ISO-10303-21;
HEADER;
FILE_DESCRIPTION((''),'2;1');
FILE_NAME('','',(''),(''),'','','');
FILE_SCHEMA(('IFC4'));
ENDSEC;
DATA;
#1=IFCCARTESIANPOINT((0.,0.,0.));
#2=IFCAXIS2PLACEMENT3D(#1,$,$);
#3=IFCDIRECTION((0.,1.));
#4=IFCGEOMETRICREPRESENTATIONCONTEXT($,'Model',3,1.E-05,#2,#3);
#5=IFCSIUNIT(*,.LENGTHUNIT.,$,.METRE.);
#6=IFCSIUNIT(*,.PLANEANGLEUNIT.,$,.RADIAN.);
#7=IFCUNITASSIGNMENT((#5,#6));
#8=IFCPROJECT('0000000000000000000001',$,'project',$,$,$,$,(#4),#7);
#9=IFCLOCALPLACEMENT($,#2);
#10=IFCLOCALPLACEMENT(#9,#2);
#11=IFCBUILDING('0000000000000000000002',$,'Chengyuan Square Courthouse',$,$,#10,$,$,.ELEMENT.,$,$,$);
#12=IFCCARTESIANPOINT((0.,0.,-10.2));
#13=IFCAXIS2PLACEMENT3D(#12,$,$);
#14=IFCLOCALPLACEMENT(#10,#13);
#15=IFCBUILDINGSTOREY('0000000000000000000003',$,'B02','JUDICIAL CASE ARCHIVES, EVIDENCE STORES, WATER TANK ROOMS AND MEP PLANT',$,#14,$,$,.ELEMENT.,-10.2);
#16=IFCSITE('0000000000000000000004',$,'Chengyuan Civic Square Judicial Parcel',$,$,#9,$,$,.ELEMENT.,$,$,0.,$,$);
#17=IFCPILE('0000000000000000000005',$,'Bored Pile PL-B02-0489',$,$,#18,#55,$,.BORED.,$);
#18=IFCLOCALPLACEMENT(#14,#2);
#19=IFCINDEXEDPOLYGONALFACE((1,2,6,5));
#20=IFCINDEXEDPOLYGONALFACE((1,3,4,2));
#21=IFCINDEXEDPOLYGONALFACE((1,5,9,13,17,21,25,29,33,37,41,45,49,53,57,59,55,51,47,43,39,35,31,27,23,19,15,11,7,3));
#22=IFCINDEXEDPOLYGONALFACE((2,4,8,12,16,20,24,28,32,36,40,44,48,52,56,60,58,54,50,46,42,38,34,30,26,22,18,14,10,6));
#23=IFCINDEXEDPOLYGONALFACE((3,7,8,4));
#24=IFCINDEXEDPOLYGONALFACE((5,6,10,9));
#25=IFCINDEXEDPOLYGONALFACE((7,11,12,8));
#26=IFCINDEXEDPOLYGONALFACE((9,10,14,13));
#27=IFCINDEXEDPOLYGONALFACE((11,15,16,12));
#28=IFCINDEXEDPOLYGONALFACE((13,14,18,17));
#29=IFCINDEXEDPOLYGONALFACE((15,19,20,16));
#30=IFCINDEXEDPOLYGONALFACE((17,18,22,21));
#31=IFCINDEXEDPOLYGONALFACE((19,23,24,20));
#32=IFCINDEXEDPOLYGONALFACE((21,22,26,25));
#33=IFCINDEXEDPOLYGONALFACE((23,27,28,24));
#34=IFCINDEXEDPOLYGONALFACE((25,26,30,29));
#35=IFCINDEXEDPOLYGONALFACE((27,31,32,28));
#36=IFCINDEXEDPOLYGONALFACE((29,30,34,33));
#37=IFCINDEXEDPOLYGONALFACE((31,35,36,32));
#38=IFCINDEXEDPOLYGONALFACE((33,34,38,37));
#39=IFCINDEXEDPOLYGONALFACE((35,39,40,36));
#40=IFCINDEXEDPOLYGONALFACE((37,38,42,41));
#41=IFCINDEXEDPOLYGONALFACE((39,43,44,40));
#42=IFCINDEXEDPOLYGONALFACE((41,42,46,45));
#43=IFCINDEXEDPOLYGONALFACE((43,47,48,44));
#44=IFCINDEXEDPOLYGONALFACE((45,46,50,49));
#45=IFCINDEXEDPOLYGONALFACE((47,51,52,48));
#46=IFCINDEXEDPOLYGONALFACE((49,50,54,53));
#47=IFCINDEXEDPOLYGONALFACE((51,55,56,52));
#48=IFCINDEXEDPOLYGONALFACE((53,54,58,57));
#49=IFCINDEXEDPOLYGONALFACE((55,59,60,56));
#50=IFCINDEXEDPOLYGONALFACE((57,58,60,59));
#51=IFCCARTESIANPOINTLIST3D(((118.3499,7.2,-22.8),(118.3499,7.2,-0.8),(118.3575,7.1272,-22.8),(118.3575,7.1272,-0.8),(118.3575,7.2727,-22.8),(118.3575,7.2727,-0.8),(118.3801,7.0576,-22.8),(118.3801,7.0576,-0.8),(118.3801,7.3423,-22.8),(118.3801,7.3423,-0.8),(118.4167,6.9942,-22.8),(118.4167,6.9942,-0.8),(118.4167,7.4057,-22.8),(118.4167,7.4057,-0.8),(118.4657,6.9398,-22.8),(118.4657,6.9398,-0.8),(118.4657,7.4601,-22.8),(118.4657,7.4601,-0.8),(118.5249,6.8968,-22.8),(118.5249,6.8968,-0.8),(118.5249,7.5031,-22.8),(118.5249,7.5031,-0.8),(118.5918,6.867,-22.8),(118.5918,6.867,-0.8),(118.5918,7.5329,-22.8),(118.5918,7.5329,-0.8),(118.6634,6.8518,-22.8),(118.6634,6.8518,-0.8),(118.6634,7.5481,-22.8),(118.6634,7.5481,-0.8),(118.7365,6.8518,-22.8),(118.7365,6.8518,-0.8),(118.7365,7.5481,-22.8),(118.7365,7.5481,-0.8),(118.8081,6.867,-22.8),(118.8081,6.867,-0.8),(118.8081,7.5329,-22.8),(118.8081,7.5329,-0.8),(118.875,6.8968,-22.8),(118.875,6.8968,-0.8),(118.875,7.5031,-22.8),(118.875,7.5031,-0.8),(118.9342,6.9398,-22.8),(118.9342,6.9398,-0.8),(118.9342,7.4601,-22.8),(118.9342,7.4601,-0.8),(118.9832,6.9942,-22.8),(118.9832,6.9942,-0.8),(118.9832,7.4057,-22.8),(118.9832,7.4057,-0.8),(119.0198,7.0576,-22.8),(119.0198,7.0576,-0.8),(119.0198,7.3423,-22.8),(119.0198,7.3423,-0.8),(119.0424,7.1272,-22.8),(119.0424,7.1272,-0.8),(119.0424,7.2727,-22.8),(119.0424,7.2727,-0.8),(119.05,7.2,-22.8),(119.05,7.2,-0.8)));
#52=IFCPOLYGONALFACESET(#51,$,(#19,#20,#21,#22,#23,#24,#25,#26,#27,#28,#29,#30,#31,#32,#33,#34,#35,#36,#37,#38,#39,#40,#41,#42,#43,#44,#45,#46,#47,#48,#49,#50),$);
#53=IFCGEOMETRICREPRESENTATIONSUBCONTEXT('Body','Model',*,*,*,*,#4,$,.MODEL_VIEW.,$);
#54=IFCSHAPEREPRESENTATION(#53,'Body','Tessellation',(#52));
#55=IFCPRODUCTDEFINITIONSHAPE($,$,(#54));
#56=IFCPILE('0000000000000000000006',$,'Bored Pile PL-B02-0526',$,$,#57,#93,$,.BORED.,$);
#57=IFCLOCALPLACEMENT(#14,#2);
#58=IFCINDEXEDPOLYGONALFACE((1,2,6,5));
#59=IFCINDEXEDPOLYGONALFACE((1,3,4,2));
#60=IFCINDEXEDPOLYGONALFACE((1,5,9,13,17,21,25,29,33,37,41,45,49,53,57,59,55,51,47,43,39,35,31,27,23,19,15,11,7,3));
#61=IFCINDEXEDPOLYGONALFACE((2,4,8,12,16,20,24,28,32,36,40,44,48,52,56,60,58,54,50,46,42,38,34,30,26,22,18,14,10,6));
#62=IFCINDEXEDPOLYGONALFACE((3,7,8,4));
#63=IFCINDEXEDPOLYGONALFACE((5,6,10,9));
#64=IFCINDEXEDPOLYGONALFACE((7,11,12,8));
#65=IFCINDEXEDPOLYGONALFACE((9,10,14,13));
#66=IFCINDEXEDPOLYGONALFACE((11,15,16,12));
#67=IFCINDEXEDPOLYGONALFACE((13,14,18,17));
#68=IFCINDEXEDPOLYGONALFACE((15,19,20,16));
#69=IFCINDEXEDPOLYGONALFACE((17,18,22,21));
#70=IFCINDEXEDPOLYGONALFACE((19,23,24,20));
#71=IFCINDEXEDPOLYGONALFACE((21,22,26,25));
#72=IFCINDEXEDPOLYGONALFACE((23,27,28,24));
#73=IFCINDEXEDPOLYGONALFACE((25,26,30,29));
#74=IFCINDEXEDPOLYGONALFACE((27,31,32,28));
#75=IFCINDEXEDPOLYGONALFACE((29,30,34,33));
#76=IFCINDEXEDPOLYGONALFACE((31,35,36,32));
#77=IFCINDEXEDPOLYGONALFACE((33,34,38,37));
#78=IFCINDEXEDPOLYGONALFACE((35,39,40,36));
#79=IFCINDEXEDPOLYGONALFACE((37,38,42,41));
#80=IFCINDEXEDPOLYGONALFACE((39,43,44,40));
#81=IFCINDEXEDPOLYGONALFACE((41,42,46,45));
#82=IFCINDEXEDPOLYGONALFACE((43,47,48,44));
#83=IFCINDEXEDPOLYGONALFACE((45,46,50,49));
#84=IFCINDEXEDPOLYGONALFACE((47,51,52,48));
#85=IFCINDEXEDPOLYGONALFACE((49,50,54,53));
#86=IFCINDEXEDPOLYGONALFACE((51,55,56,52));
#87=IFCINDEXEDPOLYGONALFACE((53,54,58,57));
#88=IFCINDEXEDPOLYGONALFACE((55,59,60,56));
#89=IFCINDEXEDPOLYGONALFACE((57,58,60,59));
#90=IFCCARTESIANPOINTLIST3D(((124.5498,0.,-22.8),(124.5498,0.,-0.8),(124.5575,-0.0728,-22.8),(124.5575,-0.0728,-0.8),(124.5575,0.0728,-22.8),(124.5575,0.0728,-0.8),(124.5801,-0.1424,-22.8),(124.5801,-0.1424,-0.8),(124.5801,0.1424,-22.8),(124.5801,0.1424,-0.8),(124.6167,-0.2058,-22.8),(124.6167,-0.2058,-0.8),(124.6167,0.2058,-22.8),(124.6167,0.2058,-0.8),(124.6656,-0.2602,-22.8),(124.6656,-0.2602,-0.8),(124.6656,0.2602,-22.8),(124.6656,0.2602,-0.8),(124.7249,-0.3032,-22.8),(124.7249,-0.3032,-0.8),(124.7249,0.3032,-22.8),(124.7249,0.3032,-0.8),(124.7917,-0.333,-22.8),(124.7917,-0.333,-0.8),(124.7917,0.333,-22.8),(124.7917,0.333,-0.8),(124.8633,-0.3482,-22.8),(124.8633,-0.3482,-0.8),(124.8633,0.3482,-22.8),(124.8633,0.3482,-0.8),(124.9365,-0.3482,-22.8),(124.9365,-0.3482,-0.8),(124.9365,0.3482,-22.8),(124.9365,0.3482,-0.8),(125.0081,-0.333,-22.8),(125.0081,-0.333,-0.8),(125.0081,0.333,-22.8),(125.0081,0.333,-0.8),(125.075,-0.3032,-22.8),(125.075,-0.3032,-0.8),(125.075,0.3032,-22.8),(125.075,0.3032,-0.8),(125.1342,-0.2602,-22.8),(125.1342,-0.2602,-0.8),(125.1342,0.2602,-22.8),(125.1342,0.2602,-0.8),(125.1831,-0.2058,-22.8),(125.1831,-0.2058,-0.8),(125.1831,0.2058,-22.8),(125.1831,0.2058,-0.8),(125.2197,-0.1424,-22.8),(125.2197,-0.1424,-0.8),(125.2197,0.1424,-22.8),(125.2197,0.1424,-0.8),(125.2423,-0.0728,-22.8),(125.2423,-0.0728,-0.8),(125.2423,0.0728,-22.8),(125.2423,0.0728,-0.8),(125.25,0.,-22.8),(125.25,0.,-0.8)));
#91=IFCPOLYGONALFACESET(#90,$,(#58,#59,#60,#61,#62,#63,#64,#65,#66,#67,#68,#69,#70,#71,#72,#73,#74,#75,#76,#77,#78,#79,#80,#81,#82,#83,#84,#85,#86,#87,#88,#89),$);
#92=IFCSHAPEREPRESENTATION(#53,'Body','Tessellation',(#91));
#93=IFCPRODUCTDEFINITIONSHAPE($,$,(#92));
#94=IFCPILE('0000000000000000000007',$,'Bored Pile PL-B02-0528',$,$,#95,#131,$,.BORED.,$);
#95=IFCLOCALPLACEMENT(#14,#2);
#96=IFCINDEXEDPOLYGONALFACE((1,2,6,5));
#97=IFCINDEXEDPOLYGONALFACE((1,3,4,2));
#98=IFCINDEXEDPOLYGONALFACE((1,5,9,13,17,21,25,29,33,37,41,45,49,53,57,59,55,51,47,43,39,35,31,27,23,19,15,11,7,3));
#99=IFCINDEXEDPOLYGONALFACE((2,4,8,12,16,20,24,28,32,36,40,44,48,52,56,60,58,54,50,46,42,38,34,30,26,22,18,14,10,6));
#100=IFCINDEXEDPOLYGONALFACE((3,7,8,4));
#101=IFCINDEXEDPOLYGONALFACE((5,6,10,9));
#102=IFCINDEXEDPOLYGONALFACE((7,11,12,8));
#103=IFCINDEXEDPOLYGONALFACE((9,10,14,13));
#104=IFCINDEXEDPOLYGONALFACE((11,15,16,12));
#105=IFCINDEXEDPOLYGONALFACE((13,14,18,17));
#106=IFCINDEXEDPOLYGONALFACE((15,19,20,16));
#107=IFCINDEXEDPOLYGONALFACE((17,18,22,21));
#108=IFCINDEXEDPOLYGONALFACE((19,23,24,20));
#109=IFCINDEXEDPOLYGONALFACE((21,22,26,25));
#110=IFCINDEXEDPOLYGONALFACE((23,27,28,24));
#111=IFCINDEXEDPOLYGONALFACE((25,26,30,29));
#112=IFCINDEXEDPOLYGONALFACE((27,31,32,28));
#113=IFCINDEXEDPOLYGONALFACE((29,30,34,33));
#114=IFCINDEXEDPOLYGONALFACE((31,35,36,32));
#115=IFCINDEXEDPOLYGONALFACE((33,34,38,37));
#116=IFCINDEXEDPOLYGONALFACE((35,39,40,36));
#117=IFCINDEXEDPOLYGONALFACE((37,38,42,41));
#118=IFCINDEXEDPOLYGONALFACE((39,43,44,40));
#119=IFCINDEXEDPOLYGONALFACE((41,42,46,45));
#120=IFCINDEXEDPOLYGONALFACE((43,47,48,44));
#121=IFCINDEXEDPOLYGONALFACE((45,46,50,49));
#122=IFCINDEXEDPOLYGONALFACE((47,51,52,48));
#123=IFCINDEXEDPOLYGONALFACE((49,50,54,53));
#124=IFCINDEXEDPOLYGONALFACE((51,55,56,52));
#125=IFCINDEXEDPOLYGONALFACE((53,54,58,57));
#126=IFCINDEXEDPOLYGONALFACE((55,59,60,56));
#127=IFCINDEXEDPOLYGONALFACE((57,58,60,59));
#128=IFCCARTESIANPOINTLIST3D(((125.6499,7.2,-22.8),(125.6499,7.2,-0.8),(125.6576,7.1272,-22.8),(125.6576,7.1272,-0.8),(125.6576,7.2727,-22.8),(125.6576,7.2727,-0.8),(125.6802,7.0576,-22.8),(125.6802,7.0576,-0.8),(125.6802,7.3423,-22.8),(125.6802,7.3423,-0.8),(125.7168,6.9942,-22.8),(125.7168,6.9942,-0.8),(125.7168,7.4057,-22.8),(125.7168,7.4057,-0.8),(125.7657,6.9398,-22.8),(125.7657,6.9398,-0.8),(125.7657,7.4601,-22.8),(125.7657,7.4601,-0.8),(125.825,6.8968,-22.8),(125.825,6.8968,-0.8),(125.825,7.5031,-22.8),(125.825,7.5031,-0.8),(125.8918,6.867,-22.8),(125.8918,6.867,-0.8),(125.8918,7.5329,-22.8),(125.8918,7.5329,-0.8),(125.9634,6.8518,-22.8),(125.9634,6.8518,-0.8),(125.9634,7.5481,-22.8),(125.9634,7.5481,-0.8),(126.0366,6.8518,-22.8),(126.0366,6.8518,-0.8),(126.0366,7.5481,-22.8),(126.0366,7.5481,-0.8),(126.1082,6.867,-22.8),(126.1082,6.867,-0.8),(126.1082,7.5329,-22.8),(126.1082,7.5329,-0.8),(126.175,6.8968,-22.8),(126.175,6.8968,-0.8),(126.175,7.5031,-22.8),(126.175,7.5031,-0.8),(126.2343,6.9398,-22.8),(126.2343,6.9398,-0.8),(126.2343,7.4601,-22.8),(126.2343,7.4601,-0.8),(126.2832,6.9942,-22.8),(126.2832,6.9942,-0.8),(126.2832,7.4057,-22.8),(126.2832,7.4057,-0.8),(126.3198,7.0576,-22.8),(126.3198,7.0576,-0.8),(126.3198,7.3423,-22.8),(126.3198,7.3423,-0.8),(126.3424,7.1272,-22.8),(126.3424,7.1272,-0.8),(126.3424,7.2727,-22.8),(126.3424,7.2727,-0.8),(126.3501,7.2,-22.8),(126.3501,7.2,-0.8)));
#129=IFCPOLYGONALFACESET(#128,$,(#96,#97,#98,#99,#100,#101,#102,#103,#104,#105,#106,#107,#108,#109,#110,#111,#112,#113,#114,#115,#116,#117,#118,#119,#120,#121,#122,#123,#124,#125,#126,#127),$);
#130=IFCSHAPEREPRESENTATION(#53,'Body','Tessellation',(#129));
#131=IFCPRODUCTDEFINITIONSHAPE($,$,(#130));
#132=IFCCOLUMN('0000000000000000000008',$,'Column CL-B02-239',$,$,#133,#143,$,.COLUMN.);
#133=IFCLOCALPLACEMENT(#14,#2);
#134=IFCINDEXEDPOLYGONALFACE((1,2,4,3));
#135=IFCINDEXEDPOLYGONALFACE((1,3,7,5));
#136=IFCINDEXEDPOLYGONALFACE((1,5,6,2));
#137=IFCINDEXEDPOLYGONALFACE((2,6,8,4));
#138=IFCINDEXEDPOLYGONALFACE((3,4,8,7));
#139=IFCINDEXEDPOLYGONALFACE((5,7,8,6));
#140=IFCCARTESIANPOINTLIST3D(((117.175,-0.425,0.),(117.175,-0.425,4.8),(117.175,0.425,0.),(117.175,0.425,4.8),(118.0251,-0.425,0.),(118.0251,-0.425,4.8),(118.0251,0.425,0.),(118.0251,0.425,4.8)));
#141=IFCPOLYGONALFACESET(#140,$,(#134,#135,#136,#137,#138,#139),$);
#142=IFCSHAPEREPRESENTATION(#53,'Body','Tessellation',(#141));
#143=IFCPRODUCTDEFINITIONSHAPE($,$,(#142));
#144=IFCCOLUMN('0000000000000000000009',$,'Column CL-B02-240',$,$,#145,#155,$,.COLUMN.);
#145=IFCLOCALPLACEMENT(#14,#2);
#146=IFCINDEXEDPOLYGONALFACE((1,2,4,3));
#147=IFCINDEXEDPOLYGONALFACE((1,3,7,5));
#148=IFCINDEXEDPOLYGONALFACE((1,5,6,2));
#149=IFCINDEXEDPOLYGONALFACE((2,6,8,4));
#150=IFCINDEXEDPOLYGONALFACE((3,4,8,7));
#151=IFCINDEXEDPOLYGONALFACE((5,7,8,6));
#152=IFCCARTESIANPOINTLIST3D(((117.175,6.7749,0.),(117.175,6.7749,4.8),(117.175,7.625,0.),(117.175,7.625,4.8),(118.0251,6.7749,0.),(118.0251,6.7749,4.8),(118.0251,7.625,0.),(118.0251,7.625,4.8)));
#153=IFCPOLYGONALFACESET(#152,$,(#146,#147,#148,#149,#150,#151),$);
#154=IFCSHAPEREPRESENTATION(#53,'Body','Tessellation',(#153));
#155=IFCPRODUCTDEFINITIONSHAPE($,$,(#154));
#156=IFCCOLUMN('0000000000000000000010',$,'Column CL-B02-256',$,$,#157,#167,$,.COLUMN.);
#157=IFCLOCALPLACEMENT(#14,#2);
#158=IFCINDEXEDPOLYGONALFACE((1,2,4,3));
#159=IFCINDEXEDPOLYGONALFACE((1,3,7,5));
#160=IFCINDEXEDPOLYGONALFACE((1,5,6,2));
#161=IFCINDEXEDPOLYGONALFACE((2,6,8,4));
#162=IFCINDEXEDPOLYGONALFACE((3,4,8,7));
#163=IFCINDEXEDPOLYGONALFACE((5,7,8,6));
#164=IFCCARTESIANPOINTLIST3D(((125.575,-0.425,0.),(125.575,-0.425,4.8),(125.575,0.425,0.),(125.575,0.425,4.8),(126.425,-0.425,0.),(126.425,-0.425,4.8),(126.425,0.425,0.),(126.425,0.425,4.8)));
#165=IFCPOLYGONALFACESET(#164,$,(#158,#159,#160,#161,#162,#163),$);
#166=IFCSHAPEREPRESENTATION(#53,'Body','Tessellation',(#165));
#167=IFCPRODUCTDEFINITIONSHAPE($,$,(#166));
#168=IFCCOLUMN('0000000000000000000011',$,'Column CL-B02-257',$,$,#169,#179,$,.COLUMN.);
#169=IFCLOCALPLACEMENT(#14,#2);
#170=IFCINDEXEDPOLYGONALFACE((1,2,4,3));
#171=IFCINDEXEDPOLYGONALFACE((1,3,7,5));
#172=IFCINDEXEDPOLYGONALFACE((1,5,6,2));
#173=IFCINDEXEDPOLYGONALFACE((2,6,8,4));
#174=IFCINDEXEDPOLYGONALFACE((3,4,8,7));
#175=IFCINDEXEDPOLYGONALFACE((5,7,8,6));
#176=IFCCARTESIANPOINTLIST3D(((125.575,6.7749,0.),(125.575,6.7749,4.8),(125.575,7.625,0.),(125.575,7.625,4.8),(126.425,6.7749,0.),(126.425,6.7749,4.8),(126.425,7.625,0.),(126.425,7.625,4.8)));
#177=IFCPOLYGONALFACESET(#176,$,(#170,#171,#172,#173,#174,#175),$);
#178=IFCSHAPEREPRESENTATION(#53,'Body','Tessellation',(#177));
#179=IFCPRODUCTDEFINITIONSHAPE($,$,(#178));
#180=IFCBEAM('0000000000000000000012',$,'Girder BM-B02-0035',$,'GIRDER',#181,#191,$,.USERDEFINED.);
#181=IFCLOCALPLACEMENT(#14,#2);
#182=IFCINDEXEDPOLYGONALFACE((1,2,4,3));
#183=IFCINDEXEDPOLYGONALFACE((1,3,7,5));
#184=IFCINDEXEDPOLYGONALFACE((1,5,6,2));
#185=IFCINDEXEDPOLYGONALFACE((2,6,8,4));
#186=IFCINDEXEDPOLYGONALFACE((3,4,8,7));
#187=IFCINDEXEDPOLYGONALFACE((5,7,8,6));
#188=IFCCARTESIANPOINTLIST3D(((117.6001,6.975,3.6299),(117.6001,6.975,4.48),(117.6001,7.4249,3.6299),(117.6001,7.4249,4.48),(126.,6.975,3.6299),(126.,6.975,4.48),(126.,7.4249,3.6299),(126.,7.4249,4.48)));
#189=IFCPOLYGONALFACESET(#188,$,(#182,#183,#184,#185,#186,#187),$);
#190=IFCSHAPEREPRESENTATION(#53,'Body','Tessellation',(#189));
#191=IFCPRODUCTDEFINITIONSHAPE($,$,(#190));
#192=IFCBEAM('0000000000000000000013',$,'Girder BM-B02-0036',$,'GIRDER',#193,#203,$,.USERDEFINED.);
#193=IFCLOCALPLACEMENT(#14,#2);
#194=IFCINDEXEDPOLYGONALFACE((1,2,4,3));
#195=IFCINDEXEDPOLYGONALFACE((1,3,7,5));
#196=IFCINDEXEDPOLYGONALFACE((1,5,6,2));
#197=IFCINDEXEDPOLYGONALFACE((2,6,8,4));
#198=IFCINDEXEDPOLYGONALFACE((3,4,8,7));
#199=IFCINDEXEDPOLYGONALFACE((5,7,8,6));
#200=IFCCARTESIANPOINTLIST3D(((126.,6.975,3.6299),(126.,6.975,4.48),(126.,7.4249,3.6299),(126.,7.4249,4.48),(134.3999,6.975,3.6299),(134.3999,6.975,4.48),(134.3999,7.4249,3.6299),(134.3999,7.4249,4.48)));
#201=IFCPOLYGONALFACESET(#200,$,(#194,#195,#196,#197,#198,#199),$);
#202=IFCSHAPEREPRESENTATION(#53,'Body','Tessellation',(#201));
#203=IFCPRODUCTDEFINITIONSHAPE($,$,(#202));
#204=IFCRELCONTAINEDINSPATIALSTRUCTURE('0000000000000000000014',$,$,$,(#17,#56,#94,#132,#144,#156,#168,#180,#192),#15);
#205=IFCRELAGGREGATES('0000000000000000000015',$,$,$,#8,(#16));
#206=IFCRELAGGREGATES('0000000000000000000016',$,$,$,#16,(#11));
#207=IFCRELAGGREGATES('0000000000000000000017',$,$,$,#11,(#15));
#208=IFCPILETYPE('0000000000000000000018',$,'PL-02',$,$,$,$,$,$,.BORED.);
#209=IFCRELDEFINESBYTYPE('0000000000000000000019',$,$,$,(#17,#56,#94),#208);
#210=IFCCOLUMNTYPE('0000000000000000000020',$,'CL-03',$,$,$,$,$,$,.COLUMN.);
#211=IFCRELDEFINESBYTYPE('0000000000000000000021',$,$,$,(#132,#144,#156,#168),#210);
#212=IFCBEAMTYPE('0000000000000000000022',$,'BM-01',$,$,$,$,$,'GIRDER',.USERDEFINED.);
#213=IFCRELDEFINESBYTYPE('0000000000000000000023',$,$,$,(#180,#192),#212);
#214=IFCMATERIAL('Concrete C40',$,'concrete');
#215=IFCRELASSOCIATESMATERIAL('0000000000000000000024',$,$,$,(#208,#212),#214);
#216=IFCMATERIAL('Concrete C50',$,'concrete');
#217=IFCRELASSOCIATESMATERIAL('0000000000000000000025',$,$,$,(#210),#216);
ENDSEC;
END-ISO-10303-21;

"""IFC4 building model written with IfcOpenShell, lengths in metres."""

from ifc_helpers import new_model, si_unit, direction, frame, origin, origin_2d, place, context, subcontext, project, spatial, rectangle, circle, extrude, material, material_profile, profile_set, type_object, element, save


model = new_model("IFC4")

# Units and contexts
model_context = context("Model", 3, precision=1e-05, world=origin(), true_north=direction((0.0, 1.0)))
body_context = subcontext(model_context, "Body", "Model", "MODEL_VIEW")
ifc_project = project(units=[si_unit("LENGTHUNIT", "METRE"), si_unit("PLANEANGLEUNIT", "RADIAN")], contexts=[model_context])

# Site, building, storey
site_placement = place(None, origin())
site = spatial("IfcSite", under=ifc_project, at=site_placement, Name="Chengyuan Civic Square Judicial Parcel", CompositionType="ELEMENT", RefElevation=0.0)
building_placement = place(site_placement, origin())
building = spatial("IfcBuilding", under=site, at=building_placement, Name="Chengyuan Square Courthouse", CompositionType="ELEMENT")
storey_placement = place(building_placement, frame((0.0, 0.0, -10.2)))
storey = spatial("IfcBuildingStorey", under=building, at=storey_placement, Name="B02", Description="JUDICIAL CASE ARCHIVES, EVIDENCE STORES, WATER TANK ROOMS AND MEP PLANT", CompositionType="ELEMENT", Elevation=-10.2)

# Shared definitions
ifc_material_1 = material(Name="Concrete C40", Category="concrete")

# Piles
ifc_material_profile_1 = material_profile(ifc_material_1, circle(Radius=0.3501, at=origin_2d()), Name="BORED PILE D700")
ifc_profile_set_1 = profile_set([ifc_material_profile_1], Name="Concrete C40")
pile_type_1 = type_object("IfcPileType", Name="PL-02", PredefinedType="BORED", material=ifc_profile_set_1)
for number, where, z_axis, x_axis, name in (
    (1, (118.7, 7.2, -0.8), (0.0, 0.0, -1.0), (1.0, 0.0, 0.0), "Bored Pile PL-B02-0489"),
    (2, (124.8999, 0.0, -0.8), (0.0, 0.0, -1.0), (1.0, 0.0, 0.0), "Bored Pile PL-B02-0526"),
    (3, (126.0, 7.2, -0.8), (0.0, 0.0, -1.0), (1.0, 0.0, 0.0), "Bored Pile PL-B02-0528"),
):
    element("IfcPile", number, at=place(storey_placement, frame(where, z_axis=z_axis, x_axis=x_axis)), inside=storey, type_object=pile_type_1, Name=name, PredefinedType="BORED", context=body_context, shape_type="SweptSolid", body=[
        extrude(circle(Radius=0.3501, at=origin_2d()), origin(), (0.0, 0.0, 1.0), 22.0),
    ])

# Columns
ifc_material_2 = material(Name="Concrete C50", Category="concrete")
ifc_material_profile_2 = material_profile(ifc_material_2, rectangle(XDim=0.8501, YDim=0.8501, at=origin_2d()), Name="RC-COL-850x850")
ifc_profile_set_2 = profile_set([ifc_material_profile_2], Name="Concrete C50")
column_type = type_object("IfcColumnType", Name="CL-03", PredefinedType="COLUMN", material=ifc_profile_set_2)
for number, where, z_axis, x_axis, name in (
    (4, (117.6001, 0.0, 0.0), (0.0, 0.0, 1.0), (1.0, 0.0, 0.0), "Column CL-B02-239"),
    (5, (117.6001, 7.2, 0.0), (0.0, 0.0, 1.0), (1.0, 0.0, 0.0), "Column CL-B02-240"),
    (6, (126.0, 0.0, 0.0), (0.0, 0.0, 1.0), (1.0, 0.0, 0.0), "Column CL-B02-256"),
    (7, (126.0, 7.2, 0.0), (0.0, 0.0, 1.0), (1.0, 0.0, 0.0), "Column CL-B02-257"),
):
    element("IfcColumn", number, at=place(storey_placement, frame(where, z_axis=z_axis, x_axis=x_axis)), inside=storey, type_object=column_type, Name=name, PredefinedType="COLUMN", context=body_context, shape_type="SweptSolid", body=[
        extrude(rectangle(XDim=0.8501, YDim=0.8501, at=origin_2d()), origin(), (0.0, 0.0, 1.0), 4.8),
    ])

# Beams
ifc_material_profile_3 = material_profile(ifc_material_1, rectangle(XDim=0.45, YDim=0.8501, at=origin_2d()), Name="RC-BM-450x850")
ifc_profile_set_3 = profile_set([ifc_material_profile_3], Name="Concrete C40")
beam_type_1 = type_object("IfcBeamType", Name="BM-01", ElementType="GIRDER", PredefinedType="USERDEFINED", material=ifc_profile_set_3)
for number, where, z_axis, x_axis, name in (
    (8, (117.6001, 7.2, 4.0549), (1.0, 0.0, 0.0), (0.0, 1.0, 0.0), "Girder BM-B02-0035"),
    (9, (126.0, 7.2, 4.0549), (1.0, 0.0, 0.0), (0.0, 1.0, 0.0), "Girder BM-B02-0036"),
):
    element("IfcBeam", number, at=place(storey_placement, frame(where, z_axis=z_axis, x_axis=x_axis)), inside=storey, type_object=beam_type_1, Name=name, ObjectType="GIRDER", PredefinedType="USERDEFINED", context=body_context, shape_type="SweptSolid", body=[
        extrude(rectangle(XDim=0.45, YDim=0.8501, at=origin_2d()), origin(), (0.0, 0.0, 1.0), 8.3999),
    ])

save(model, "model.ifc")
